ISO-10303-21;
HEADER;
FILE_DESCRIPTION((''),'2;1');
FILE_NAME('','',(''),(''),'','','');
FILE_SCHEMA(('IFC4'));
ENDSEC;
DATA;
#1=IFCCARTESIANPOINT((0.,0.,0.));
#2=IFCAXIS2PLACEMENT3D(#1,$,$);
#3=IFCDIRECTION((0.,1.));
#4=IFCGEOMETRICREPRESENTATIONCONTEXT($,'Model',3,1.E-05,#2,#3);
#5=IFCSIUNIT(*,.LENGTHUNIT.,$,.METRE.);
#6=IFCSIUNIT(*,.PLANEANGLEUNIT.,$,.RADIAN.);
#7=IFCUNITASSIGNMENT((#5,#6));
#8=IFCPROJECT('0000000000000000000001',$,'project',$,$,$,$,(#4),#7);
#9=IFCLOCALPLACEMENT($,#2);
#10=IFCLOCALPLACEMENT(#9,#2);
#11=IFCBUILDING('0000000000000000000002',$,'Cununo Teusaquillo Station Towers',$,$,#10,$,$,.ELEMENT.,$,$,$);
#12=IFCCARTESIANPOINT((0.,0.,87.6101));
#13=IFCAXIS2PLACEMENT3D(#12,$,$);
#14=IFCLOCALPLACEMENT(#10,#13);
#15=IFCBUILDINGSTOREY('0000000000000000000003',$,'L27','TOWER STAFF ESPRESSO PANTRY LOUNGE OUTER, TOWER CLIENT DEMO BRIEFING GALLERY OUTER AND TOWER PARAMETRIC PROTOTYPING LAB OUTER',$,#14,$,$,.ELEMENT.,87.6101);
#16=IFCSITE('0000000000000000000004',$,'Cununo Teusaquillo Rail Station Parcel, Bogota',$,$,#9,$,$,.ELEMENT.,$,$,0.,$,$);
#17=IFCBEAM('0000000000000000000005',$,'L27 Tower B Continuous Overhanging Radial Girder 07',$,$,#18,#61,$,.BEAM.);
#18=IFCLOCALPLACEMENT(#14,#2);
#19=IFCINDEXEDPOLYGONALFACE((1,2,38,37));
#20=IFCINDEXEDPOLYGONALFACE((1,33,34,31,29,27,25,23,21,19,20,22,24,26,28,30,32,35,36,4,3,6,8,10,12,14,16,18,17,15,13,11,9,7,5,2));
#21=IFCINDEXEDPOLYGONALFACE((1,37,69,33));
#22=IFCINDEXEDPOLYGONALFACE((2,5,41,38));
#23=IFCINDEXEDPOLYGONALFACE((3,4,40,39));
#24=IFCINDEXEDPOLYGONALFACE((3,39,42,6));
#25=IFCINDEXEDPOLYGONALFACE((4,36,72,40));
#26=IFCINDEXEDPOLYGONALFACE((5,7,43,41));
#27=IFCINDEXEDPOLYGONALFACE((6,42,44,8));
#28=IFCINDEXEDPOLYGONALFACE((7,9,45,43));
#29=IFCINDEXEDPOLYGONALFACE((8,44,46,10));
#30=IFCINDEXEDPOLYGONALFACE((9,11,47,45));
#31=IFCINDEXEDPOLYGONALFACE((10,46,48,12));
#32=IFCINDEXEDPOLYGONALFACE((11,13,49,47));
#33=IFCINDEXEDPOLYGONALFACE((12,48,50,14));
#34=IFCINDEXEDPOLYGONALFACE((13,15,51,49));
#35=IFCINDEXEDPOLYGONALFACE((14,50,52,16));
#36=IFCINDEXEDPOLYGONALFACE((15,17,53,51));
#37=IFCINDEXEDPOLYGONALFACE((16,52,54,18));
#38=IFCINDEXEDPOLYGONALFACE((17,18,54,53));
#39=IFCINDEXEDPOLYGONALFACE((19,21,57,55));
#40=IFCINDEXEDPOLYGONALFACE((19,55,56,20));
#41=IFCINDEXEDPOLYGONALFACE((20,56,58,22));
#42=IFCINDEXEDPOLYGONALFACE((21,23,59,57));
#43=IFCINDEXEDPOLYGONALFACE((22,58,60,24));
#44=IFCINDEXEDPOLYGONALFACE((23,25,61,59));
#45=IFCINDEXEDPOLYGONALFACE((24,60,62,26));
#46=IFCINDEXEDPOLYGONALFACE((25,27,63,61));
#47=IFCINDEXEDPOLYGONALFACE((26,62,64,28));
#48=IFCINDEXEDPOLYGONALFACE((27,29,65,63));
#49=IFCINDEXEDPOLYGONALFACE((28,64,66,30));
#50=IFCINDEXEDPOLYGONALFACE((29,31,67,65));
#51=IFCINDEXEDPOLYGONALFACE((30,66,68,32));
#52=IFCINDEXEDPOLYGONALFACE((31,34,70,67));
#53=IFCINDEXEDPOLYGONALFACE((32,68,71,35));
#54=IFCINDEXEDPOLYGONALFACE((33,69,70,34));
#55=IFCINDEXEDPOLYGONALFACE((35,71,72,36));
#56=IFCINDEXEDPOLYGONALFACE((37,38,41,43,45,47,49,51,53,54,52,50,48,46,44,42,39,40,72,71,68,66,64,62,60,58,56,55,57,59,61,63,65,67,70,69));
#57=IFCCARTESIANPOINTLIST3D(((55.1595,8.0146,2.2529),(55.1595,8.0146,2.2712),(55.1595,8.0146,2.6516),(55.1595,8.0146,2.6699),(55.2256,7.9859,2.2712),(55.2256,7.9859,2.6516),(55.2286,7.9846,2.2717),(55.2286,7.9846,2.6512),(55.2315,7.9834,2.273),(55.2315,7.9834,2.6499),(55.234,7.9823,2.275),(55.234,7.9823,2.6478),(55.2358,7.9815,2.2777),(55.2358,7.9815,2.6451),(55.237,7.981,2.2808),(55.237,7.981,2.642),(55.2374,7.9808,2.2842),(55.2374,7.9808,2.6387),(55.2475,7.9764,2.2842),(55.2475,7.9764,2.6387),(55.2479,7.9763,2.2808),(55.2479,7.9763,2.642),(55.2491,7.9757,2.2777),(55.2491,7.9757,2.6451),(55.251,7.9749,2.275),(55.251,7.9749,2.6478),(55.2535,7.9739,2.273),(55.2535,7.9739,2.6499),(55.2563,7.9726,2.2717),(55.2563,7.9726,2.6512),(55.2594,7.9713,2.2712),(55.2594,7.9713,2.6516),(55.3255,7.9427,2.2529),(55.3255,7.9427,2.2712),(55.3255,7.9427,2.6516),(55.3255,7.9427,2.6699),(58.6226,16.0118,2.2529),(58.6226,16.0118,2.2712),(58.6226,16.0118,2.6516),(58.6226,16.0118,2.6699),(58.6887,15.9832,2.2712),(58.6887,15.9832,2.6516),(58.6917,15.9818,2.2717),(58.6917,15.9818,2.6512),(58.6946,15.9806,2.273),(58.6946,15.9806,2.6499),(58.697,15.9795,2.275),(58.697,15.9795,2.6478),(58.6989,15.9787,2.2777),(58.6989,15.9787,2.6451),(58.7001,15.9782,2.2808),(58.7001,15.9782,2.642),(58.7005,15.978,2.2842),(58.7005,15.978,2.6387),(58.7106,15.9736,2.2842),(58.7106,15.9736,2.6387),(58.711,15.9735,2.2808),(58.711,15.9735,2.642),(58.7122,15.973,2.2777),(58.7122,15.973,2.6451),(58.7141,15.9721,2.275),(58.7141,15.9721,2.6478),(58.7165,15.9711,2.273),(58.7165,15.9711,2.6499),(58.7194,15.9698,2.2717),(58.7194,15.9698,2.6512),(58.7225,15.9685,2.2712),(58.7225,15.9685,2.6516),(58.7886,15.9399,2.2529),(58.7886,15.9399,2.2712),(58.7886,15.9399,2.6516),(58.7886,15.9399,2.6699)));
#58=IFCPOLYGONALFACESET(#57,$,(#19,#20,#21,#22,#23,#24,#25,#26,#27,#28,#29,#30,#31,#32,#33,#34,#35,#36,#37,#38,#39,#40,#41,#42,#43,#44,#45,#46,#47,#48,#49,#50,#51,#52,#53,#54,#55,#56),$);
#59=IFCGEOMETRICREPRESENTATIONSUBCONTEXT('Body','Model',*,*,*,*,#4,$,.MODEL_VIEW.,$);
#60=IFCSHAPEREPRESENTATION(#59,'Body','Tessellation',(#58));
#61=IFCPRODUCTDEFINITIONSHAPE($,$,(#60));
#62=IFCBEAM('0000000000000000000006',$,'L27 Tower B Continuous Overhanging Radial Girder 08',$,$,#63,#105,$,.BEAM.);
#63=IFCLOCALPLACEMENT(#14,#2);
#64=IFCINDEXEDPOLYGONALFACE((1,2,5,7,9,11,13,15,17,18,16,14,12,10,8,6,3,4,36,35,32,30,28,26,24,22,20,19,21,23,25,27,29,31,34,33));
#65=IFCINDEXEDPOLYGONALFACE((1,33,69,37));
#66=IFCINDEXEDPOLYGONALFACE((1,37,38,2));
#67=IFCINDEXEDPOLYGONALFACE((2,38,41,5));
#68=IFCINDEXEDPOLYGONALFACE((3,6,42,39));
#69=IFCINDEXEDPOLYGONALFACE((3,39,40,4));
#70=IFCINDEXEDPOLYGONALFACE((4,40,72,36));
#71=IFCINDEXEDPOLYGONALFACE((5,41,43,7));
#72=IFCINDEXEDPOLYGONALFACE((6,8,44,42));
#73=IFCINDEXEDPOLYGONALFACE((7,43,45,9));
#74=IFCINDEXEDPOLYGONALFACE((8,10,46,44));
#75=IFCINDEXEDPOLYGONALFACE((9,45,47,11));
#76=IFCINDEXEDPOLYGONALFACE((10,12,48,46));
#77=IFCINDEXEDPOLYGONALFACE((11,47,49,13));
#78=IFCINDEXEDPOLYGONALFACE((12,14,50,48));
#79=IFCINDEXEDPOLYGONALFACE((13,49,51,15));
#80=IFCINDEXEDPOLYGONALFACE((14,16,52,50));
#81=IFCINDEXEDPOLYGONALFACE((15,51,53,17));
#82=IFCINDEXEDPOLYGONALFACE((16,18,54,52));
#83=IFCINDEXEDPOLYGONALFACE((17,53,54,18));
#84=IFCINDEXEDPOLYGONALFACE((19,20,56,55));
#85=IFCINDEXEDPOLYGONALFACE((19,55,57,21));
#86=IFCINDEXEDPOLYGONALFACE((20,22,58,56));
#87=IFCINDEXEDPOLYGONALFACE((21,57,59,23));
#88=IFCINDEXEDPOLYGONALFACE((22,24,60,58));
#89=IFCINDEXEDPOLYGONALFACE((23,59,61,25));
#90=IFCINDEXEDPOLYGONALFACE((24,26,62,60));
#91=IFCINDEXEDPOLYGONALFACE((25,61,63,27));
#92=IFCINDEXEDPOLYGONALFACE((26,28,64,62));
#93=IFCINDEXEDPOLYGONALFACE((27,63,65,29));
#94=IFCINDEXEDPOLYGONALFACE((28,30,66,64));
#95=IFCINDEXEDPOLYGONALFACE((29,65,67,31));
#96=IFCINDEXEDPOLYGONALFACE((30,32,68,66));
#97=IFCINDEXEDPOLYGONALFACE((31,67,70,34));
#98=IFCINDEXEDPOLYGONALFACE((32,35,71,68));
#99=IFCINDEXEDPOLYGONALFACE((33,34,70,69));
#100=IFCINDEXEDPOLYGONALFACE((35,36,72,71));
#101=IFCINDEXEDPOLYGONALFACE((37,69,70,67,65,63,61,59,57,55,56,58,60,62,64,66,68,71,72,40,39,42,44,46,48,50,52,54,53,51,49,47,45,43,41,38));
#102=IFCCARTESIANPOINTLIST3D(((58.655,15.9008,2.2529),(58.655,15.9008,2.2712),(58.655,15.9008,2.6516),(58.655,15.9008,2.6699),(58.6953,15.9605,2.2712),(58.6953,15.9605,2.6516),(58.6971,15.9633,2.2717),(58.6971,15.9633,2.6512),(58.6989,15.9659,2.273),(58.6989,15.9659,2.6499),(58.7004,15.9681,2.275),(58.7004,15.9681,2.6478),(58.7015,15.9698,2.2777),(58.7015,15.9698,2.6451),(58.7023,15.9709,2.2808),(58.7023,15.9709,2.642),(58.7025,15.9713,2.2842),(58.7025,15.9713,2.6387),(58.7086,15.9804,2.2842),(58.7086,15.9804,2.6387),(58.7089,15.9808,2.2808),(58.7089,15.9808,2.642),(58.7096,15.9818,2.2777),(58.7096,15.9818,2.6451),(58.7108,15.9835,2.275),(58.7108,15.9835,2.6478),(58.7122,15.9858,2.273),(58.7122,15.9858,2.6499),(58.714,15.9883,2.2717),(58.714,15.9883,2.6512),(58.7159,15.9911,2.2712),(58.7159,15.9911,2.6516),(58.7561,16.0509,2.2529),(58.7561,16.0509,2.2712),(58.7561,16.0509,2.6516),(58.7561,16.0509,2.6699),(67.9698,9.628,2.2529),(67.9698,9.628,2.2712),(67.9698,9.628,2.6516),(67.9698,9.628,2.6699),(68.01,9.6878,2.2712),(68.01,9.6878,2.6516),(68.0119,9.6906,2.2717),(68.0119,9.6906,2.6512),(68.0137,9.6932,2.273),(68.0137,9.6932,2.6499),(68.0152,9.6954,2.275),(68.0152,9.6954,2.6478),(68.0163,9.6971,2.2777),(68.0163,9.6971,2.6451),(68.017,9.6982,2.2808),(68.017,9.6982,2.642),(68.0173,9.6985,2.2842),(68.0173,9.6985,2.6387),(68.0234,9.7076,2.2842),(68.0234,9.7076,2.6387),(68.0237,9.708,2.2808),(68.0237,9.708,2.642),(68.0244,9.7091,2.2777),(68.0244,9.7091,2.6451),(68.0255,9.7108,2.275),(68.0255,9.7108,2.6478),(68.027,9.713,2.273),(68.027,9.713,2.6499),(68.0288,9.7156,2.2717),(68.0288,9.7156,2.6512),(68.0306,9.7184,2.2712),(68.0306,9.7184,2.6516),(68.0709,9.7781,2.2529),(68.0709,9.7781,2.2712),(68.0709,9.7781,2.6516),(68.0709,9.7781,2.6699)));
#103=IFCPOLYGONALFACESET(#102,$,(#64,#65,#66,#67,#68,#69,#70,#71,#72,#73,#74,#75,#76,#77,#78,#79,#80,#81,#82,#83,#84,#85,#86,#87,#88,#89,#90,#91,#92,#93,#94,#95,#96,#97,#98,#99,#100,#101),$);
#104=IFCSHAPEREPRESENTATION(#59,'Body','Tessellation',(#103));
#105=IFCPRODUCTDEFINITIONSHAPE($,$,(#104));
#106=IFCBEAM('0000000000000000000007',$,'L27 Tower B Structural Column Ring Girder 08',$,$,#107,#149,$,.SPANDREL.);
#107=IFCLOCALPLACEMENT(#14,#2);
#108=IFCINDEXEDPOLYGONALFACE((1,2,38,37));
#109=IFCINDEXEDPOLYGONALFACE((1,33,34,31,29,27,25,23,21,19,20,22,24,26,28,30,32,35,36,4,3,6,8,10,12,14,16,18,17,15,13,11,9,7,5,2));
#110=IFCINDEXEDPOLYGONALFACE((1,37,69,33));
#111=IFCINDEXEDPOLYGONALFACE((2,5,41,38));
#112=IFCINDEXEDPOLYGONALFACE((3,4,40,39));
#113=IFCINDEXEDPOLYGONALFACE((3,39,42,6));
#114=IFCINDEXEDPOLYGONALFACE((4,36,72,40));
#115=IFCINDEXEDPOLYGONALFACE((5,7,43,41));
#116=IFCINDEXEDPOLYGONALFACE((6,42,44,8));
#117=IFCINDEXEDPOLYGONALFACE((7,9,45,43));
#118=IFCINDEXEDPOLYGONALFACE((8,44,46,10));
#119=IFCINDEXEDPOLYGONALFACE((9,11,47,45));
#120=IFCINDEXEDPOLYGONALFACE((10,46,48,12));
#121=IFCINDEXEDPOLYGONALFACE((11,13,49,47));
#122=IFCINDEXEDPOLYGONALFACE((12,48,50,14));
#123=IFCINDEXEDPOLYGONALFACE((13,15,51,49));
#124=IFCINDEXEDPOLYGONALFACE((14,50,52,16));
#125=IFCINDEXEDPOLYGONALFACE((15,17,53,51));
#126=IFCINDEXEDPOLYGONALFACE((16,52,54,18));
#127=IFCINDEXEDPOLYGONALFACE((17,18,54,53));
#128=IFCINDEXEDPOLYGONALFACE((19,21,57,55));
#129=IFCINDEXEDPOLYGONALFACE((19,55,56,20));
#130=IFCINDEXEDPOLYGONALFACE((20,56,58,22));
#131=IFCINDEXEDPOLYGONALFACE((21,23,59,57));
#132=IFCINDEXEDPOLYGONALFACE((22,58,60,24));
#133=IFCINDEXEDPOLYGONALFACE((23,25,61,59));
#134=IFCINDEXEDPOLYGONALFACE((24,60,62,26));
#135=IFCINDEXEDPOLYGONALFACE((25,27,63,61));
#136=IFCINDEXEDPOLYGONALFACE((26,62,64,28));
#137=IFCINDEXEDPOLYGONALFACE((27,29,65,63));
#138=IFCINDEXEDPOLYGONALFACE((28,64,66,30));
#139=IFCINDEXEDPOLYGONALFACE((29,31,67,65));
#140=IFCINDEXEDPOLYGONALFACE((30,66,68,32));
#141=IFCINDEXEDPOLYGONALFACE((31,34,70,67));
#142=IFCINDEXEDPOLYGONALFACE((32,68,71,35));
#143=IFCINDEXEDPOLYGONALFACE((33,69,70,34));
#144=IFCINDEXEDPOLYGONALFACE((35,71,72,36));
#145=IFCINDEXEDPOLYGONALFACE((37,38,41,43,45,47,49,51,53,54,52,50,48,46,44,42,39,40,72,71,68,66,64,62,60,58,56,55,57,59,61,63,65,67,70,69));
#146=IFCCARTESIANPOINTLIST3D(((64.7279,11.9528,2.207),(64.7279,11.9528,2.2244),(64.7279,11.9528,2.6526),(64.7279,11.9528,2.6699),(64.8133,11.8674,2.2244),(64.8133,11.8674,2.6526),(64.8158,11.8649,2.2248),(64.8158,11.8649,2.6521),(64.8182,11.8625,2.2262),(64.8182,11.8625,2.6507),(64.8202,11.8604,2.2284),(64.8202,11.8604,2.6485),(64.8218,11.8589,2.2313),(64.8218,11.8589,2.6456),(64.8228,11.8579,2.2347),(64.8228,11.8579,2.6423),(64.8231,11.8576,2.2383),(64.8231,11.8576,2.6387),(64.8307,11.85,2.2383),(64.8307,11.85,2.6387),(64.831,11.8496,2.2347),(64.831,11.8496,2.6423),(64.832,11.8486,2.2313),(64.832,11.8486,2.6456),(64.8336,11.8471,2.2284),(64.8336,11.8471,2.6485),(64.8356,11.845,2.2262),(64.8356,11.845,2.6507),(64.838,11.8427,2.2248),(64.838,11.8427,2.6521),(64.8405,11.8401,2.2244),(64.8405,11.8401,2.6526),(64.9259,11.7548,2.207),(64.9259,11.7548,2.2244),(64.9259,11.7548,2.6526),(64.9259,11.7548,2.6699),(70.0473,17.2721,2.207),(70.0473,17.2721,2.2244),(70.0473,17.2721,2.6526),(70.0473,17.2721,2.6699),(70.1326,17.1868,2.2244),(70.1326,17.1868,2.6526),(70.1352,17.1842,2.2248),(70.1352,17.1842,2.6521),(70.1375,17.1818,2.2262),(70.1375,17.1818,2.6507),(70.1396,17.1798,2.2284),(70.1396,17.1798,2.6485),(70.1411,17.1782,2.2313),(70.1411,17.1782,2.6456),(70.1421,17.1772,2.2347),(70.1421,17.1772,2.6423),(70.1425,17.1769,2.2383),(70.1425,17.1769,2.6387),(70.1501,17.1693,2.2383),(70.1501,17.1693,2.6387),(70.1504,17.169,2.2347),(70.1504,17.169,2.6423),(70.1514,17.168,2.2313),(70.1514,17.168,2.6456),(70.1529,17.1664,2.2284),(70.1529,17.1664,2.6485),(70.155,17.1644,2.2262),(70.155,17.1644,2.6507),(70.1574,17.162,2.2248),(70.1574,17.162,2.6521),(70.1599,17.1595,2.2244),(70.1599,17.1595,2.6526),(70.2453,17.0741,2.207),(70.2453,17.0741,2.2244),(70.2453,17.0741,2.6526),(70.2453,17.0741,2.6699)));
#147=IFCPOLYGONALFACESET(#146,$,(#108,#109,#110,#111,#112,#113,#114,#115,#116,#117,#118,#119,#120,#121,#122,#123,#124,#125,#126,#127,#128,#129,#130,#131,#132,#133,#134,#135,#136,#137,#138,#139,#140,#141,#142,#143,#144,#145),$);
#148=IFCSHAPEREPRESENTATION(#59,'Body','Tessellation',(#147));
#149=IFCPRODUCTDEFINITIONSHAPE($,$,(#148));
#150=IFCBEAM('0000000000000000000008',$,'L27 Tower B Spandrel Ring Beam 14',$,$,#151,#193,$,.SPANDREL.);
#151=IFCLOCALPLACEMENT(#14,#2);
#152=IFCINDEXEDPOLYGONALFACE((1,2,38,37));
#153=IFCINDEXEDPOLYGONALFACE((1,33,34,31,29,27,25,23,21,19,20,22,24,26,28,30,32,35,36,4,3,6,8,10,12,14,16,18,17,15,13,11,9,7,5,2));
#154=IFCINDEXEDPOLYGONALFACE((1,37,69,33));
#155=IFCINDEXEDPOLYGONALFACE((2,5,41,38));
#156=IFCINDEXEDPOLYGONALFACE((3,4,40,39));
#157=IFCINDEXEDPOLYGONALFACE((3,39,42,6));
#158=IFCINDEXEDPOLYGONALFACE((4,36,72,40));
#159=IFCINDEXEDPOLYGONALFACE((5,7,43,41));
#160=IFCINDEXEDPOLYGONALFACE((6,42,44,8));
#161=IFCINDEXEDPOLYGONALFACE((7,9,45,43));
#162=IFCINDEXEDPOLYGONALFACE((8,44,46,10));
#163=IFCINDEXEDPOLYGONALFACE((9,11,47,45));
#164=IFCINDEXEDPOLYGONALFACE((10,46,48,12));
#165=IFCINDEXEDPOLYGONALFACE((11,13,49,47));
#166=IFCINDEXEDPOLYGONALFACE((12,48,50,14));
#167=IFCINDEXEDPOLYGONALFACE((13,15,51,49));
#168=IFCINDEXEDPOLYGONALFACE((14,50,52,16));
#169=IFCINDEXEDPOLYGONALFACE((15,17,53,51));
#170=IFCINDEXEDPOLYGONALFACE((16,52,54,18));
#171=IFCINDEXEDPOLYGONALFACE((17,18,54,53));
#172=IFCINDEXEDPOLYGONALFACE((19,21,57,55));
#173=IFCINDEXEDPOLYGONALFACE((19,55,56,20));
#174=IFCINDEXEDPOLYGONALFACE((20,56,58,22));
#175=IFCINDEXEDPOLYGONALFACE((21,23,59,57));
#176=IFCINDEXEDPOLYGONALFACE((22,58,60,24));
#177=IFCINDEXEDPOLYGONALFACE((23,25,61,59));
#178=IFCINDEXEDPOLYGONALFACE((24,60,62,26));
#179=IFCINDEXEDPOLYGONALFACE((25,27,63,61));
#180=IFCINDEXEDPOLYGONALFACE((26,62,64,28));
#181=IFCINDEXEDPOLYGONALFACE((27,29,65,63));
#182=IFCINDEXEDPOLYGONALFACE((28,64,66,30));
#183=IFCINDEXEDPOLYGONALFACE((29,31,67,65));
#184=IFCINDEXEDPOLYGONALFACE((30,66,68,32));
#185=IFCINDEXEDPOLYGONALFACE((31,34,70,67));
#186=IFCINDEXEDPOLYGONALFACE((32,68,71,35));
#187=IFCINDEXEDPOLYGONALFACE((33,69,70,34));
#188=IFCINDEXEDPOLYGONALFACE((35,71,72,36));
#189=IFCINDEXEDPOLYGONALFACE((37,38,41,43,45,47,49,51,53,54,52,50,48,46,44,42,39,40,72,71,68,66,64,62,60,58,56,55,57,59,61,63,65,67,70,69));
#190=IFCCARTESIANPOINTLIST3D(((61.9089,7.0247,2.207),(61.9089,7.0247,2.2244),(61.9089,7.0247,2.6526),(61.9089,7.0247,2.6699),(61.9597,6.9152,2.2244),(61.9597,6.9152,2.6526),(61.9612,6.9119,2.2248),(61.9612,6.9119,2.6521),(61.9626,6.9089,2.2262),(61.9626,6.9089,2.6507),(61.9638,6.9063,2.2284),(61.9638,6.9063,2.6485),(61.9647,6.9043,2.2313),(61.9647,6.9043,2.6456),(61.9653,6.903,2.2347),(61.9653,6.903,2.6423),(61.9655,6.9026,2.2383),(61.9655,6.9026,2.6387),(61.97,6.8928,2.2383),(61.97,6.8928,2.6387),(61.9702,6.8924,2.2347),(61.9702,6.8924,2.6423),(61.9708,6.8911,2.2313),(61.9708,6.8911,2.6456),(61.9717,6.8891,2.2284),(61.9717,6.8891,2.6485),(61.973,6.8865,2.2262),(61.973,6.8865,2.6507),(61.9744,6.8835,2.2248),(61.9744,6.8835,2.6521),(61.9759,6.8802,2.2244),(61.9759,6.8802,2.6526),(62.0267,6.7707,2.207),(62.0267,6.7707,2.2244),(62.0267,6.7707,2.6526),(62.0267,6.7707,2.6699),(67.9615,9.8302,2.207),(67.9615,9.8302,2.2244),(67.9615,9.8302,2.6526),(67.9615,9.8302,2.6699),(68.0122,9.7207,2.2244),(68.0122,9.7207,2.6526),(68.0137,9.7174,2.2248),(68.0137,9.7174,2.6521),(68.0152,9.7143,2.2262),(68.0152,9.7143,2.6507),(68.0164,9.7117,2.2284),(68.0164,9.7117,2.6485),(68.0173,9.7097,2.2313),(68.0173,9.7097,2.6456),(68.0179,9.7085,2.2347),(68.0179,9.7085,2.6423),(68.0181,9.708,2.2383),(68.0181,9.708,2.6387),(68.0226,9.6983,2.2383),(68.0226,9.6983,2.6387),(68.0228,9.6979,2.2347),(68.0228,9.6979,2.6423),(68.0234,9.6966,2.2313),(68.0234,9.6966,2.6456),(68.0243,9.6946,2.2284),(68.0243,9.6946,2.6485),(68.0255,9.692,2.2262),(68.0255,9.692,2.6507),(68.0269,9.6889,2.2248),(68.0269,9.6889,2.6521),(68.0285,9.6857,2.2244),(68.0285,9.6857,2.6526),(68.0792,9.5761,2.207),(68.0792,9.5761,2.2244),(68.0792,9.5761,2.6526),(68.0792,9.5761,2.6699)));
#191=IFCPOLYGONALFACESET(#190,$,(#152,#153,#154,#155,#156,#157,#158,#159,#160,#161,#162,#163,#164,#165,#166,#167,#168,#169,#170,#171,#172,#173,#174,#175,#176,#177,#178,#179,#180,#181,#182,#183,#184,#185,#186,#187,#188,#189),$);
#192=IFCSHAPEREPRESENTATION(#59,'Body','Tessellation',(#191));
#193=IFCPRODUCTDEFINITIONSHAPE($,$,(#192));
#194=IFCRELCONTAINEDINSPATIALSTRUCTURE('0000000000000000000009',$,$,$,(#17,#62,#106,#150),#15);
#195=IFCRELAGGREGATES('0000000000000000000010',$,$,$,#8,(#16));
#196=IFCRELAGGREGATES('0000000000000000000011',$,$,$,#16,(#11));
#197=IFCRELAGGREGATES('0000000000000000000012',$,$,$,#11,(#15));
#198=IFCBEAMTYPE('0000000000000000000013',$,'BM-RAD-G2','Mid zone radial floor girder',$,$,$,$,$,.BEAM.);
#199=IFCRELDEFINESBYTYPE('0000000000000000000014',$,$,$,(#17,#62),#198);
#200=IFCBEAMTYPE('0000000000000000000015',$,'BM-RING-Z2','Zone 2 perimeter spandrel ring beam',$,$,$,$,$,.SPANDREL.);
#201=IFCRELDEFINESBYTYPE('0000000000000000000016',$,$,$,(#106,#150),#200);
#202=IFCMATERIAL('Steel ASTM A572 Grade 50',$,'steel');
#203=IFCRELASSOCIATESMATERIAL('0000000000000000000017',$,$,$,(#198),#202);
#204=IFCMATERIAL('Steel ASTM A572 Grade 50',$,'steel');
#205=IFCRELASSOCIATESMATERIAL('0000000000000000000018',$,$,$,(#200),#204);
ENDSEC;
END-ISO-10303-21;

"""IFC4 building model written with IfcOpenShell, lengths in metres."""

from ifc_helpers import new_model, si_unit, direction, frame, origin, origin_2d, place, context, subcontext, project, spatial, i_section, extrude, material, material_profile, profile_set, type_object, element, save


model = new_model("IFC4")

# Units and contexts
model_context = context("Model", 3, precision=1e-05, world=origin(), true_north=direction((0.0, 1.0)))
body_context = subcontext(model_context, "Body", "Model", "MODEL_VIEW")
ifc_project = project(units=[si_unit("LENGTHUNIT", "METRE"), si_unit("PLANEANGLEUNIT", "RADIAN")], contexts=[model_context])

# Site, building, storey
site_placement = place(None, origin())
site = spatial("IfcSite", under=ifc_project, at=site_placement, Name="Cununo Teusaquillo Rail Station Parcel, Bogota", CompositionType="ELEMENT", RefElevation=0.0)
building_placement = place(site_placement, origin())
building = spatial("IfcBuilding", under=site, at=building_placement, Name="Cununo Teusaquillo Station Towers", CompositionType="ELEMENT")
storey_placement = place(building_placement, frame((0.0, 0.0, 87.6101)))
storey = spatial("IfcBuildingStorey", under=building, at=storey_placement, Name="L27", Description="TOWER STAFF ESPRESSO PANTRY LOUNGE OUTER, TOWER CLIENT DEMO BRIEFING GALLERY OUTER AND TOWER PARAMETRIC PROTOTYPING LAB OUTER", CompositionType="ELEMENT", Elevation=87.6101)

# Beams
ifc_material_1 = material(Name="Steel ASTM A572 Grade 50", Category="steel")
ifc_material_profile_1 = material_profile(ifc_material_1, i_section(OverallWidth=0.1809, OverallDepth=0.417, WebThickness=0.011, FlangeThickness=0.0183, FilletRadius=0.0129, at=origin_2d()), Name="W16X57")
ifc_profile_set_1 = profile_set([ifc_material_profile_1], Name="Steel ASTM A572 Grade 50")
beam_type_1 = type_object("IfcBeamType", Name="BM-RAD-G2", Description="Mid zone radial floor girder", PredefinedType="BEAM", material=ifc_profile_set_1)
beam_1_placement = place(storey_placement, frame((58.7056, 15.9758, 2.4614), z_axis=(-0.397379, -0.917655, 0.0), x_axis=(0.917655, -0.397379, 0.0)))
element("IfcBeam", 1, at=beam_1_placement, inside=storey, type_object=beam_type_1, Name="L27 Tower B Continuous Overhanging Radial Girder 07", PredefinedType="BEAM", context=body_context, shape_type="SweptSolid", body=[
    extrude(i_section(OverallWidth=0.1809, OverallDepth=0.417, WebThickness=0.011, FlangeThickness=0.0183, FilletRadius=0.0129, at=origin_2d()), origin(), (0.0, 0.0, 1.0), 8.7148),
])
beam_2_placement = place(storey_placement, frame((58.7056, 15.9758, 2.4614), z_axis=(0.829456, -0.558572, 0.0), x_axis=(0.558572, 0.829456, 0.0)))
element("IfcBeam", 2, at=beam_2_placement, inside=storey, type_object=beam_type_1, Name="L27 Tower B Continuous Overhanging Radial Girder 08", PredefinedType="BEAM", context=body_context, shape_type="SweptSolid", body=[
    extrude(i_section(OverallWidth=0.1809, OverallDepth=0.417, WebThickness=0.011, FlangeThickness=0.0183, FilletRadius=0.0129, at=origin_2d()), origin(), (0.0, 0.0, 1.0), 11.23),
])
ifc_material_2 = material(Name="Steel ASTM A572 Grade 50", Category="steel")
ifc_material_profile_2 = material_profile(ifc_material_2, i_section(OverallWidth=0.28, OverallDepth=0.4629, WebThickness=0.0107, FlangeThickness=0.0173, FilletRadius=0.0139, at=origin_2d()), Name="W18X76")
ifc_profile_set_2 = profile_set([ifc_material_profile_2], Name="Steel ASTM A572 Grade 50")
beam_type_2 = type_object("IfcBeamType", Name="BM-RING-Z2", Description="Zone 2 perimeter spandrel ring beam", PredefinedType="SPANDREL", material=ifc_profile_set_2)
beam_3_placement = place(storey_placement, frame((64.8269, 11.8538, 2.4385), z_axis=(0.707107, 0.707107, 0.0), x_axis=(-0.707107, 0.707107, 0.0)))
element("IfcBeam", 3, at=beam_3_placement, inside=storey, type_object=beam_type_2, Name="L27 Tower B Structural Column Ring Girder 08", PredefinedType="SPANDREL", context=body_context, shape_type="SweptSolid", body=[
    extrude(i_section(OverallWidth=0.28, OverallDepth=0.4629, WebThickness=0.0107, FlangeThickness=0.0173, FilletRadius=0.0139, at=origin_2d()), origin(), (0.0, 0.0, 1.0), 7.5227),
])
beam_4_placement = place(storey_placement, frame((61.9678, 6.8977, 2.4385), z_axis=(0.907276, 0.420536, 0.0), x_axis=(-0.420536, 0.907276, 0.0)))
element("IfcBeam", 4, at=beam_4_placement, inside=storey, type_object=beam_type_2, Name="L27 Tower B Spandrel Ring Beam 14", PredefinedType="SPANDREL", context=body_context, shape_type="SweptSolid", body=[
    extrude(i_section(OverallWidth=0.28, OverallDepth=0.4629, WebThickness=0.0107, FlangeThickness=0.0173, FilletRadius=0.0139, at=origin_2d()), origin(), (0.0, 0.0, 1.0), 6.6711),
])

save(model, "model.ifc")
